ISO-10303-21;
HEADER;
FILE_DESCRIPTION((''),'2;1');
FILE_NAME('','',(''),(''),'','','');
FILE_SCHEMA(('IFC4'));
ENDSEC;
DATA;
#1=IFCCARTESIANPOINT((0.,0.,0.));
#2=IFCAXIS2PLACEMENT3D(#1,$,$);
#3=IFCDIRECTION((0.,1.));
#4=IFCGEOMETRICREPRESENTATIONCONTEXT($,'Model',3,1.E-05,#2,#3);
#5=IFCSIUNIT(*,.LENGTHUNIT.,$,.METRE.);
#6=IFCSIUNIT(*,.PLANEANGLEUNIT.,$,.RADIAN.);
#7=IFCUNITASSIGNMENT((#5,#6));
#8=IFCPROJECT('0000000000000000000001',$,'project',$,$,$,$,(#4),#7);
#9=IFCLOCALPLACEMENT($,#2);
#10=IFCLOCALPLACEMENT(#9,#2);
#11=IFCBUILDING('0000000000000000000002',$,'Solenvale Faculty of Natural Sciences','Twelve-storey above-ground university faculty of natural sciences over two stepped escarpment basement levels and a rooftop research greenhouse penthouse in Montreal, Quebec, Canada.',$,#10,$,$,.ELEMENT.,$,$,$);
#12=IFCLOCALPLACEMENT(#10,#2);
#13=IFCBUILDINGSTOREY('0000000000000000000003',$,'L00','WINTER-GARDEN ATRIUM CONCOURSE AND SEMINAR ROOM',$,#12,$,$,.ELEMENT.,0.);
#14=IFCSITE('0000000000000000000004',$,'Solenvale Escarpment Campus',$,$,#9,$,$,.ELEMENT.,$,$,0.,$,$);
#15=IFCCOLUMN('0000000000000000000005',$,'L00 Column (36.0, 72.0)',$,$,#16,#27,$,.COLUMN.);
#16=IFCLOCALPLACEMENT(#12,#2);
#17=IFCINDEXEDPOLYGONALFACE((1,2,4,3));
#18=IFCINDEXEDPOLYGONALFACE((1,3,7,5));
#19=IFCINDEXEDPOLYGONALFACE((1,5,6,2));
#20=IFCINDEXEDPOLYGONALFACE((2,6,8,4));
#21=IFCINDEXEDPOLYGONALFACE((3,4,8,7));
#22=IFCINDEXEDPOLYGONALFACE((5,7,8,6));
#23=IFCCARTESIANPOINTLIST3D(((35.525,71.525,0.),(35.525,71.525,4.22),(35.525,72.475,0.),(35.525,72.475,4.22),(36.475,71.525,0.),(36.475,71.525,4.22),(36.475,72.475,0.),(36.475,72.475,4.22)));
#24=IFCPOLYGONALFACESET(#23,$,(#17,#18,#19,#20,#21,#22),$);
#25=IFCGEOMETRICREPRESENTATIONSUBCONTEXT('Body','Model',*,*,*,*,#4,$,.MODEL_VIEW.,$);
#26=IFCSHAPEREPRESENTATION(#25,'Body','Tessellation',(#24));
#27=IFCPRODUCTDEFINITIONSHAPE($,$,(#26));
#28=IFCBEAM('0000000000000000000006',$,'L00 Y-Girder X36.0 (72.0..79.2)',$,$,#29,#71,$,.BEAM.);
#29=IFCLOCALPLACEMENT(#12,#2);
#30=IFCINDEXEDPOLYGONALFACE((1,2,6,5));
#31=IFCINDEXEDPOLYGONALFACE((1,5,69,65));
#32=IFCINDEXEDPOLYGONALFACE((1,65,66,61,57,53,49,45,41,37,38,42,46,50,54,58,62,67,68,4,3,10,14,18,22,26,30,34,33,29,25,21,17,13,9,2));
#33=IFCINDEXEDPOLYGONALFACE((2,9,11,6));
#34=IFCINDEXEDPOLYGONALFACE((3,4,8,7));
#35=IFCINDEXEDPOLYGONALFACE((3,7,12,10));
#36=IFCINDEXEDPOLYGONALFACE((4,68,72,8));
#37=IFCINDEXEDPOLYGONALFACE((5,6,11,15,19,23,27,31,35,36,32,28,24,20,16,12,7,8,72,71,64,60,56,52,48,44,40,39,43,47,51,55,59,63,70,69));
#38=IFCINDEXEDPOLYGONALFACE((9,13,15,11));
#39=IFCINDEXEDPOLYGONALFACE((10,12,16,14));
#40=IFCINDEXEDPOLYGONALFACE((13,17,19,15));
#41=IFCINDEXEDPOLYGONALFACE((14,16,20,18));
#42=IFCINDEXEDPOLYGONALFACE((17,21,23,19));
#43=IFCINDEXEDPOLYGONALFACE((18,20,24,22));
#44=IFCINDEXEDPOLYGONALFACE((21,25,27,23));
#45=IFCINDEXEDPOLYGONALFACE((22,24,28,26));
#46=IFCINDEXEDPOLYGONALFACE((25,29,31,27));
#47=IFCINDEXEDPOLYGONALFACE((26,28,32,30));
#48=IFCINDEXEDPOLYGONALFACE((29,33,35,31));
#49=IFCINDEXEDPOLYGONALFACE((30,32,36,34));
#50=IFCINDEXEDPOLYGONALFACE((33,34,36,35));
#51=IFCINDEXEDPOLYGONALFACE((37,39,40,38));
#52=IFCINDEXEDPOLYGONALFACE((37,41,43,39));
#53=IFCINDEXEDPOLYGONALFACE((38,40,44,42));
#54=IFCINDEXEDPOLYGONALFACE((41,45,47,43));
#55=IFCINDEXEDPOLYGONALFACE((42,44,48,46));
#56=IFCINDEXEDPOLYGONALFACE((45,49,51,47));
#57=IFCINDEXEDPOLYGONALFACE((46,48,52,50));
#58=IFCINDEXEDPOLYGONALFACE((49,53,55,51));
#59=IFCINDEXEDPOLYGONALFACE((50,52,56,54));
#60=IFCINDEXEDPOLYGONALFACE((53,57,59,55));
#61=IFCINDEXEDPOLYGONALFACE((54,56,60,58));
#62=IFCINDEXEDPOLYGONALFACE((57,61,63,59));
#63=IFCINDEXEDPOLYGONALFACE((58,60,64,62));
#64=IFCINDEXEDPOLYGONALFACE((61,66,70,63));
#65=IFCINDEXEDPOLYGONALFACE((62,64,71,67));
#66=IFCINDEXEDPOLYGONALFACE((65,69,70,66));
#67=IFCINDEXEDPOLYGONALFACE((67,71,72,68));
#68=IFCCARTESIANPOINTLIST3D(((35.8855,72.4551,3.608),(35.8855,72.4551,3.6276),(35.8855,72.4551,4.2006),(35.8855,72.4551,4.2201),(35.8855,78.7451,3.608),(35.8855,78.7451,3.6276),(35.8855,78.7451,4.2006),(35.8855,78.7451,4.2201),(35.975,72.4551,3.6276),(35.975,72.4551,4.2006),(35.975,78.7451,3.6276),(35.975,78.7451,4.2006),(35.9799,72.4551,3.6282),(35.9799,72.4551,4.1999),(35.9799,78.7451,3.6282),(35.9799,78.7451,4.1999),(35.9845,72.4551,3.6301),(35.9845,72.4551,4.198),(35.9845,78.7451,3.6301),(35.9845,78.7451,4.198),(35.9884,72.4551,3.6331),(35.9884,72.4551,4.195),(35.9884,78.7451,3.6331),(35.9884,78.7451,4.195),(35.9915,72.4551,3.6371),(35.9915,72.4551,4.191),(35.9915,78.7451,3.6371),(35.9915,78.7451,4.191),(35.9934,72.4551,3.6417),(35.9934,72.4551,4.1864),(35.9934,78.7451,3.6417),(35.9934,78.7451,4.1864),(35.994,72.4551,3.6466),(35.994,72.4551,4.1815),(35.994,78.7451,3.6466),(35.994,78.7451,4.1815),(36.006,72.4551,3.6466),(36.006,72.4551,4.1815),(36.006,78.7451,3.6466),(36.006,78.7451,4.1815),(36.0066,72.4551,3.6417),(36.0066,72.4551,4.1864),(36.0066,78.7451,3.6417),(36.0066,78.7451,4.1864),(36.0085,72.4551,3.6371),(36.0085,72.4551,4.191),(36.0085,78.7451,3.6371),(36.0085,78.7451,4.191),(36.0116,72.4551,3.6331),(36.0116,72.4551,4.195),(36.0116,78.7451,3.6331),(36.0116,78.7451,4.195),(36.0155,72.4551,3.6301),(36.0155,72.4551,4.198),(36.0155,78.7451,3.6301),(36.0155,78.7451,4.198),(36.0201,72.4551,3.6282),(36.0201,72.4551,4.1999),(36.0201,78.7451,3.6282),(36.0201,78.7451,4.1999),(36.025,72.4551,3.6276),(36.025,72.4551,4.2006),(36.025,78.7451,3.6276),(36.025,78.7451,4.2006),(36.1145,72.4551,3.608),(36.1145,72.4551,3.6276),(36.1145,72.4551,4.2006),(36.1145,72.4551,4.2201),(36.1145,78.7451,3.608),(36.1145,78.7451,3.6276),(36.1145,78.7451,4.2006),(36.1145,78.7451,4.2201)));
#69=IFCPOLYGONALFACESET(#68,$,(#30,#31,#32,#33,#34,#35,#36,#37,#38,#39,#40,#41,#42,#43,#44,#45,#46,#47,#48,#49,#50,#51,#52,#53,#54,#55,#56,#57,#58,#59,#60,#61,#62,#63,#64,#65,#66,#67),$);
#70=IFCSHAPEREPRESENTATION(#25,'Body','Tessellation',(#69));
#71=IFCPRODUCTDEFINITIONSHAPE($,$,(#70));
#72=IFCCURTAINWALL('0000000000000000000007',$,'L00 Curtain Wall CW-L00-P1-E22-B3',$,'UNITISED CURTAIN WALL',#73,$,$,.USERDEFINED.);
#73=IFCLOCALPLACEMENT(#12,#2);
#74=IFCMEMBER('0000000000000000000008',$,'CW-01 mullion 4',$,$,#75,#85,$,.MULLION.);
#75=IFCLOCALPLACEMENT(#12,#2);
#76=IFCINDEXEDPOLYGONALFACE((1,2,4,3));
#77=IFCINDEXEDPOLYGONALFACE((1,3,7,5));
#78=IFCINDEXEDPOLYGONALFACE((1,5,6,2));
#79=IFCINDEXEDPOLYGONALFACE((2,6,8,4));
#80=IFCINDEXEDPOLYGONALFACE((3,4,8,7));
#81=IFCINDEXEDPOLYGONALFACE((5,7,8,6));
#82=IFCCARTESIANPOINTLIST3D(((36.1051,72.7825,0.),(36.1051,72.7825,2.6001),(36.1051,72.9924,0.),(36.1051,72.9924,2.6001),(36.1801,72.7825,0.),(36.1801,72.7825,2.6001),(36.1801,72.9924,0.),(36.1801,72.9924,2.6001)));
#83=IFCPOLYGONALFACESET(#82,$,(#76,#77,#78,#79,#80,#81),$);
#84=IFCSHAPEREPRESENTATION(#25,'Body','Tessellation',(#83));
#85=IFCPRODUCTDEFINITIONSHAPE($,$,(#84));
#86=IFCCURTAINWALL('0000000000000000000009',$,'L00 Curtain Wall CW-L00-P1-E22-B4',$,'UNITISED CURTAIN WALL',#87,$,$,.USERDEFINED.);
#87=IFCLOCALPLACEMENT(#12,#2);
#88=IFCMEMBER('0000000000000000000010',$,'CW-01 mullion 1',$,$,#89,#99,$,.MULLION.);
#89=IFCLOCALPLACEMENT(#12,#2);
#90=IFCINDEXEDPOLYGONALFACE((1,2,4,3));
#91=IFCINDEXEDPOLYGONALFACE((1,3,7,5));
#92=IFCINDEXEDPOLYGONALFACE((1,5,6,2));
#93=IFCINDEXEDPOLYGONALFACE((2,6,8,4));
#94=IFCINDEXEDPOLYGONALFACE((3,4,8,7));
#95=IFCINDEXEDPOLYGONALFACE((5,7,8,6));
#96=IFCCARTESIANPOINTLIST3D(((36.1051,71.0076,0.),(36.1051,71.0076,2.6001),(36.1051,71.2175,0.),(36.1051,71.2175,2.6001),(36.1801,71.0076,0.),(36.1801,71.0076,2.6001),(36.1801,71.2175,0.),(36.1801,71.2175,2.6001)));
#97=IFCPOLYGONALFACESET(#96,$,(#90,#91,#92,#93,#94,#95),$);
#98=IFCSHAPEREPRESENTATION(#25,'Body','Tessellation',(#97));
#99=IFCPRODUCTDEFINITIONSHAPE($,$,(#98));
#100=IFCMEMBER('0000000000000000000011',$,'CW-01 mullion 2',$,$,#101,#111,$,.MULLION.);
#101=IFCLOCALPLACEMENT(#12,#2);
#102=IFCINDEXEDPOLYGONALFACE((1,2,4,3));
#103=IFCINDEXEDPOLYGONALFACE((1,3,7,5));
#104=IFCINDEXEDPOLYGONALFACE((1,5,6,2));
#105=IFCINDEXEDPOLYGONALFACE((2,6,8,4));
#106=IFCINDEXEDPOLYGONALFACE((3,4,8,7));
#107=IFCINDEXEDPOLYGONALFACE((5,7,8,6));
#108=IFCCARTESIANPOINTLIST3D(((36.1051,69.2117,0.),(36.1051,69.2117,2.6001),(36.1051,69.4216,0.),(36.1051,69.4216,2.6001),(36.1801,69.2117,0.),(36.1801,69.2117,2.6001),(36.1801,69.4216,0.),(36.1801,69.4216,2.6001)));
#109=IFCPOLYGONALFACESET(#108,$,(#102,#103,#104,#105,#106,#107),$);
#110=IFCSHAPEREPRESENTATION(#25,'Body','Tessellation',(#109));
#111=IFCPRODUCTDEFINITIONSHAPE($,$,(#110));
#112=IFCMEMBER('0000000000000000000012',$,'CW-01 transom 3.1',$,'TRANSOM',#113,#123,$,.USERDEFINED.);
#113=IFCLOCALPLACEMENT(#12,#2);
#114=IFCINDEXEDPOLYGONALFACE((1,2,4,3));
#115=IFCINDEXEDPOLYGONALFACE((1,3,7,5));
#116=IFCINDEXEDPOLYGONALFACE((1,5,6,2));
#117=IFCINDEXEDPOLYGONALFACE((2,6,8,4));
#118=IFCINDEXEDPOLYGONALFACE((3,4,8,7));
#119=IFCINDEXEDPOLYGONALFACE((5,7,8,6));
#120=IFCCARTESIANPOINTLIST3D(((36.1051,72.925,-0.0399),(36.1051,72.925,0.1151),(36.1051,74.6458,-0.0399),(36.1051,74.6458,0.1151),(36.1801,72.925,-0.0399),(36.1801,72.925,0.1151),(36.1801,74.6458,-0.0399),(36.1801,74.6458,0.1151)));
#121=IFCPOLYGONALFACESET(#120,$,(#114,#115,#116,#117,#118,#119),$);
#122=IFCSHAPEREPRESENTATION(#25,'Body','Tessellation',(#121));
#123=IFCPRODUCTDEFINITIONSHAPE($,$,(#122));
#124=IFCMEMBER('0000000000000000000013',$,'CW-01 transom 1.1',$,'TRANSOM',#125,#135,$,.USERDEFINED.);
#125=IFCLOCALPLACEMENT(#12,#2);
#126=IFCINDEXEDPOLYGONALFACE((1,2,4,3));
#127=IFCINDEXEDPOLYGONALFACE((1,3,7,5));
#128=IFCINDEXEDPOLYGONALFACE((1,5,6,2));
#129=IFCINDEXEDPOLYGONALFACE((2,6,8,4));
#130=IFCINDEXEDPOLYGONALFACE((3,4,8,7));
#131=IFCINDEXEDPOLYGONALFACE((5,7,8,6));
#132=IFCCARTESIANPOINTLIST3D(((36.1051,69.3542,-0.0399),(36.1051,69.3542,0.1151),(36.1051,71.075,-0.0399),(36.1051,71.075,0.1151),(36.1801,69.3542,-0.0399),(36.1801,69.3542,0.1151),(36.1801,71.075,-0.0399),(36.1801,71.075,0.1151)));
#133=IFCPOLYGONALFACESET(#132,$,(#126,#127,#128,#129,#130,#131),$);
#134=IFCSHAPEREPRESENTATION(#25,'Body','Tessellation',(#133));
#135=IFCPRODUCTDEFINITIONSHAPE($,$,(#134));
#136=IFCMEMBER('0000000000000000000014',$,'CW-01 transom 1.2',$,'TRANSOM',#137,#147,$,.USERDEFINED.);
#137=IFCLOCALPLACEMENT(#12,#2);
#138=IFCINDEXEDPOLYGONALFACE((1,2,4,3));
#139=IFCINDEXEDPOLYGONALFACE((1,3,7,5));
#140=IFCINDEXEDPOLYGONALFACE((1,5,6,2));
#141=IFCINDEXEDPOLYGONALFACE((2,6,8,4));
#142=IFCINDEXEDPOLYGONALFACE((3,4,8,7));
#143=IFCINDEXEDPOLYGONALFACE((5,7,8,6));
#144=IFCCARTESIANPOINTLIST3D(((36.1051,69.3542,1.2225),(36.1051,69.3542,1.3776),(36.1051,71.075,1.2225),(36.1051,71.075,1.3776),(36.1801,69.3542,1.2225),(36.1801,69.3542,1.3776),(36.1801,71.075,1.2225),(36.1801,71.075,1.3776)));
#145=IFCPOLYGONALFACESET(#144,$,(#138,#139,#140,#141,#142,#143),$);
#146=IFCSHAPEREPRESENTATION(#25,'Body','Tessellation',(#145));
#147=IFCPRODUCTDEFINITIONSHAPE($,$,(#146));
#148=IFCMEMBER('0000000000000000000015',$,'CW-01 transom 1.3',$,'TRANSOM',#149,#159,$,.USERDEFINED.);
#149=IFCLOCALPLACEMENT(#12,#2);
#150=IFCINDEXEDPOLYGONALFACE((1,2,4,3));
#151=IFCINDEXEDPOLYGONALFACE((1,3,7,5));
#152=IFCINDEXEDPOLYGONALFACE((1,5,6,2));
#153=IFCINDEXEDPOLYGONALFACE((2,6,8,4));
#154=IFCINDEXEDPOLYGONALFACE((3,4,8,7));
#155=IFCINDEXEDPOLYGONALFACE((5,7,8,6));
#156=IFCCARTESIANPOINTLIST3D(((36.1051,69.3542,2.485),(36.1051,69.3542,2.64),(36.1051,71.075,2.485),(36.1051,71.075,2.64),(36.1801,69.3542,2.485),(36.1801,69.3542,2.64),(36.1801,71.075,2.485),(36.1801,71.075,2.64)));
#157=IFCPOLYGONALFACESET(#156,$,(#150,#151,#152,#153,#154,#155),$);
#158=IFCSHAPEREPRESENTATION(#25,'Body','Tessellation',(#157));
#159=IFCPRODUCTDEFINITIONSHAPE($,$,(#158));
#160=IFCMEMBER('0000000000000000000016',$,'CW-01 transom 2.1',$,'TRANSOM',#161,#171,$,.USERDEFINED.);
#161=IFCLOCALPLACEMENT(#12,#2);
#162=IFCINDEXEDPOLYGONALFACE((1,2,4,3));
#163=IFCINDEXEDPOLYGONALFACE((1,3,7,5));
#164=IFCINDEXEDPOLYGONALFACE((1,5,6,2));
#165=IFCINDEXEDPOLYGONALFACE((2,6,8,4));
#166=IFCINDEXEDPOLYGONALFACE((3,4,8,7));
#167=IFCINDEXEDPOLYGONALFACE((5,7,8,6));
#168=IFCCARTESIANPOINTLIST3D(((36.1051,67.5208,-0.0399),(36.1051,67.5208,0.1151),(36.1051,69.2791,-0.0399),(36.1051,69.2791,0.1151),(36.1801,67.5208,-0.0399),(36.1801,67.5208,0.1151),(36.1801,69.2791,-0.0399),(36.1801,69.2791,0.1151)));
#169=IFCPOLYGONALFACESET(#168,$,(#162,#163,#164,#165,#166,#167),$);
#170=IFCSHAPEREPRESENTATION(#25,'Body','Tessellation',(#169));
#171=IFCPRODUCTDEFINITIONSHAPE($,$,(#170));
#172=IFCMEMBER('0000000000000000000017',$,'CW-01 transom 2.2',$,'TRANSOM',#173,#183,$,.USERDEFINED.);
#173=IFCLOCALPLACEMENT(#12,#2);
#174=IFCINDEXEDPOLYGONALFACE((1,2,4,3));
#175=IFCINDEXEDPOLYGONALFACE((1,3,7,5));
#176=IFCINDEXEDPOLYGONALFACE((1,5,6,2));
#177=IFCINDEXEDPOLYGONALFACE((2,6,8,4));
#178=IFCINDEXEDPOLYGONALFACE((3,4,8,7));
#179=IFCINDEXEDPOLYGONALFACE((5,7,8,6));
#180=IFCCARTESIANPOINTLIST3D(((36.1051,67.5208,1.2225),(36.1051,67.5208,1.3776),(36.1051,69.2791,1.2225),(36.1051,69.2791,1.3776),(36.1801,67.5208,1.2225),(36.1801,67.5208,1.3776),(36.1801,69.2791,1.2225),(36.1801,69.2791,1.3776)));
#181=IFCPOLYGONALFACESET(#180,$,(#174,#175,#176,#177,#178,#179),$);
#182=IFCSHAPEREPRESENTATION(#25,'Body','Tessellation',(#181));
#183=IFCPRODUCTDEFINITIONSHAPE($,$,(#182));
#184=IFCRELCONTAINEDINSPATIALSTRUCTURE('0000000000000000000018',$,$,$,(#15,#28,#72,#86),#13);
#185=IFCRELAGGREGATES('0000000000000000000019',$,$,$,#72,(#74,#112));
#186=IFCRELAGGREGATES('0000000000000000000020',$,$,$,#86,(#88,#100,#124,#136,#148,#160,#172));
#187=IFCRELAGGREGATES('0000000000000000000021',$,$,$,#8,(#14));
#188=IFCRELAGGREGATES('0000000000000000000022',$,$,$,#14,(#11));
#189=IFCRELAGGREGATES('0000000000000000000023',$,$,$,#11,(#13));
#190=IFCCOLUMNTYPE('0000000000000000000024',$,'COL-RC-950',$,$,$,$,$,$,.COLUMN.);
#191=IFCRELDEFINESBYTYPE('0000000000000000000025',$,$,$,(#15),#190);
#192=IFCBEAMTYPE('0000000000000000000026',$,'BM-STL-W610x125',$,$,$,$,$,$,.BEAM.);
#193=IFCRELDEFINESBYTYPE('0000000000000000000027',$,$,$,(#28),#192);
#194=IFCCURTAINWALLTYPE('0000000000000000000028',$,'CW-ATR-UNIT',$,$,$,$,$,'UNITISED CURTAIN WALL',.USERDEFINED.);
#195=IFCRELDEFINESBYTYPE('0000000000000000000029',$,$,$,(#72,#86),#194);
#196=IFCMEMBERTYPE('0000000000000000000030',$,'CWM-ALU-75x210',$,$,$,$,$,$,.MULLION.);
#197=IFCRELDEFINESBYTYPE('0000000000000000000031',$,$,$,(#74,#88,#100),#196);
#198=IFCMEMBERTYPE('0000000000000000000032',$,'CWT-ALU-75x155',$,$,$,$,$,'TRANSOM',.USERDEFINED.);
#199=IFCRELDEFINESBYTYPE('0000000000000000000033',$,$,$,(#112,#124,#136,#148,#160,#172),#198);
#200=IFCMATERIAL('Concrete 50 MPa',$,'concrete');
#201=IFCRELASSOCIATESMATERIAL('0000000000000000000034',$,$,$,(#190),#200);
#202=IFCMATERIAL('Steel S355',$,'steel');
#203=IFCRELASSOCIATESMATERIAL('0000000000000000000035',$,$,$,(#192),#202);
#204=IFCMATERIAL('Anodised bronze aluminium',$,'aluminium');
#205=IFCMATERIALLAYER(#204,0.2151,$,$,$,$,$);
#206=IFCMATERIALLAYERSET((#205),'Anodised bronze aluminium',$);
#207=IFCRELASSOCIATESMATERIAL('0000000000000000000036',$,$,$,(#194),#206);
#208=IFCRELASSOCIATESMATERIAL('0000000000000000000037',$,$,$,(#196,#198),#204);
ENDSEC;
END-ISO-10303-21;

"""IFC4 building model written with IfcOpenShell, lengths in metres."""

from ifc_helpers import new_model, si_unit, direction, frame, origin, origin_2d, place, context, subcontext, project, spatial, rectangle, i_section, extrude, material, layer, layer_set, material_profile, profile_set, type_object, element, aggregate, save


model = new_model("IFC4")

# Units and contexts
model_context = context("Model", 3, precision=1e-05, world=origin(), true_north=direction((0.0, 1.0)))
body_context = subcontext(model_context, "Body", "Model", "MODEL_VIEW")
ifc_project = project(units=[si_unit("LENGTHUNIT", "METRE"), si_unit("PLANEANGLEUNIT", "RADIAN")], contexts=[model_context])

# Site, building, storey
site_placement = place(None, origin())
site = spatial("IfcSite", under=ifc_project, at=site_placement, Name="Solenvale Escarpment Campus", CompositionType="ELEMENT", RefElevation=0.0)
building_placement = place(site_placement, origin())
building = spatial("IfcBuilding", under=site, at=building_placement, Name="Solenvale Faculty of Natural Sciences", Description="Twelve-storey above-ground university faculty of natural sciences over two stepped escarpment basement levels and a rooftop research greenhouse penthouse in Montreal, Quebec, Canada.", CompositionType="ELEMENT")
storey_placement = place(building_placement, origin())
storey = spatial("IfcBuildingStorey", under=building, at=storey_placement, Name="L00", Description="WINTER-GARDEN ATRIUM CONCOURSE AND SEMINAR ROOM", CompositionType="ELEMENT", Elevation=0.0)

# Column
ifc_material_1 = material(Name="Concrete 50 MPa", Category="concrete")
ifc_material_profile_1 = material_profile(ifc_material_1, rectangle(XDim=0.95, YDim=0.95, at=origin_2d()), Name="RC-COL-950x950")
ifc_profile_set_1 = profile_set([ifc_material_profile_1], Name="Concrete 50 MPa")
column_type = type_object("IfcColumnType", Name="COL-RC-950", PredefinedType="COLUMN", material=ifc_profile_set_1)
column_placement = place(storey_placement, frame((36.0, 72.0, 0.0), z_axis=(0.0, 0.0, 1.0), x_axis=(1.0, 0.0, 0.0)))
element("IfcColumn", 1, at=column_placement, inside=storey, type_object=column_type, Name="L00 Column (36.0, 72.0)", PredefinedType="COLUMN", context=body_context, shape_type="SweptSolid", body=[
    extrude(rectangle(XDim=0.95, YDim=0.95, at=origin_2d()), origin(), (0.0, 0.0, 1.0), 4.22),
])

# Beam
ifc_material_2 = material(Name="Steel S355", Category="steel")
ifc_material_profile_2 = material_profile(ifc_material_2, i_section(OverallWidth=0.229, OverallDepth=0.6121, WebThickness=0.012, FlangeThickness=0.0195, FilletRadius=0.019, at=origin_2d()), Name="W610x125")
ifc_profile_set_2 = profile_set([ifc_material_profile_2], Name="Steel S355")
beam_type = type_object("IfcBeamType", Name="BM-STL-W610x125", PredefinedType="BEAM", material=ifc_profile_set_2)
beam_placement = place(storey_placement, frame((36.0, 72.4551, 3.9141), z_axis=(0.0, 1.0, 0.0), x_axis=(-1.0, 0.0, 0.0)))
element("IfcBeam", 2, at=beam_placement, inside=storey, type_object=beam_type, Name="L00 Y-Girder X36.0 (72.0..79.2)", PredefinedType="BEAM", context=body_context, shape_type="SweptSolid", body=[
    extrude(i_section(OverallWidth=0.229, OverallDepth=0.6121, WebThickness=0.012, FlangeThickness=0.0195, FilletRadius=0.019, at=origin_2d()), origin(), (0.0, 0.0, 1.0), 6.29),
])

# Curtain wall, member
ifc_material_3 = material(Name="Anodised bronze aluminium", Category="aluminium")
ifc_layer_1 = layer(ifc_material_3, 0.2151)
ifc_layer_set_1 = layer_set([ifc_layer_1], Name="Anodised bronze aluminium")
curtain_wall_type = type_object("IfcCurtainWallType", Name="CW-ATR-UNIT", ElementType="UNITISED CURTAIN WALL", PredefinedType="USERDEFINED", material=ifc_layer_set_1)
curtain_wall_1_placement = place(storey_placement, origin())
curtain_wall_1 = element("IfcCurtainWall", 3, at=curtain_wall_1_placement, inside=storey, type_object=curtain_wall_type, Name="L00 Curtain Wall CW-L00-P1-E22-B3", ObjectType="UNITISED CURTAIN WALL", PredefinedType="USERDEFINED")
ifc_material_profile_3 = material_profile(ifc_material_3, rectangle(XDim=0.075, YDim=0.21, at=origin_2d()), Name="ALU-MUL-75x210")
ifc_profile_set_3 = profile_set([ifc_material_profile_3], Name="Anodised bronze aluminium")
member_type_1 = type_object("IfcMemberType", Name="CWM-ALU-75x210", PredefinedType="MULLION", material=ifc_profile_set_3)
member_1_placement = place(storey_placement, frame((36.1426, 72.8875, 0.0), z_axis=(0.0, 0.0, 1.0), x_axis=(1.0, 0.0, 0.0)))
member_1 = element("IfcMember", 4, at=member_1_placement, type_object=member_type_1, Name="CW-01 mullion 4", PredefinedType="MULLION", context=body_context, shape_type="SweptSolid", body=[
    extrude(rectangle(XDim=0.075, YDim=0.21, at=origin_2d()), origin(), (0.0, 0.0, 1.0), 2.6001),
])

# Curtain wall, members
curtain_wall_2_placement = place(storey_placement, origin())
curtain_wall_2 = element("IfcCurtainWall", 5, at=curtain_wall_2_placement, inside=storey, type_object=curtain_wall_type, Name="L00 Curtain Wall CW-L00-P1-E22-B4", ObjectType="UNITISED CURTAIN WALL", PredefinedType="USERDEFINED")
member_2_placement = place(storey_placement, frame((36.1426, 71.1125, 0.0), z_axis=(0.0, 0.0, 1.0), x_axis=(1.0, 0.0, 0.0)))
member_2 = element("IfcMember", 6, at=member_2_placement, type_object=member_type_1, Name="CW-01 mullion 1", PredefinedType="MULLION", context=body_context, shape_type="SweptSolid", body=[
    extrude(rectangle(XDim=0.075, YDim=0.21, at=origin_2d()), origin(), (0.0, 0.0, 1.0), 2.6001),
])
member_3_placement = place(storey_placement, frame((36.1426, 69.3167, 0.0), z_axis=(0.0, 0.0, 1.0), x_axis=(1.0, 0.0, 0.0)))
member_3 = element("IfcMember", 7, at=member_3_placement, type_object=member_type_1, Name="CW-01 mullion 2", PredefinedType="MULLION", context=body_context, shape_type="SweptSolid", body=[
    extrude(rectangle(XDim=0.075, YDim=0.21, at=origin_2d()), origin(), (0.0, 0.0, 1.0), 2.6001),
])

# Members
ifc_material_profile_4 = material_profile(ifc_material_3, rectangle(XDim=0.075, YDim=0.155, at=origin_2d()), Name="ALU-TRN-75x155")
ifc_profile_set_4 = profile_set([ifc_material_profile_4], Name="Anodised bronze aluminium")
member_type_2 = type_object("IfcMemberType", Name="CWT-ALU-75x155", ElementType="TRANSOM", PredefinedType="USERDEFINED", material=ifc_profile_set_4)
member_4_placement = place(storey_placement, frame((36.1426, 74.6458, 0.0376), z_axis=(0.0, -1.0, 0.0), x_axis=(1.0, 0.0, 0.0)))
member_4 = element("IfcMember", 8, at=member_4_placement, type_object=member_type_2, Name="CW-01 transom 3.1", ObjectType="TRANSOM", PredefinedType="USERDEFINED", context=body_context, shape_type="SweptSolid", body=[
    extrude(rectangle(XDim=0.075, YDim=0.155, at=origin_2d()), origin(), (0.0, 0.0, 1.0), 1.7207),
])
member_5_placement = place(storey_placement, frame((36.1426, 71.075, 0.0376), z_axis=(0.0, -1.0, 0.0), x_axis=(1.0, 0.0, 0.0)))
member_5 = element("IfcMember", 9, at=member_5_placement, type_object=member_type_2, Name="CW-01 transom 1.1", ObjectType="TRANSOM", PredefinedType="USERDEFINED", context=body_context, shape_type="SweptSolid", body=[
    extrude(rectangle(XDim=0.075, YDim=0.155, at=origin_2d()), origin(), (0.0, 0.0, 1.0), 1.7207),
])
member_6_placement = place(storey_placement, frame((36.1426, 71.075, 1.3), z_axis=(0.0, -1.0, 0.0), x_axis=(1.0, 0.0, 0.0)))
member_6 = element("IfcMember", 10, at=member_6_placement, type_object=member_type_2, Name="CW-01 transom 1.2", ObjectType="TRANSOM", PredefinedType="USERDEFINED", context=body_context, shape_type="SweptSolid", body=[
    extrude(rectangle(XDim=0.075, YDim=0.155, at=origin_2d()), origin(), (0.0, 0.0, 1.0), 1.7207),
])
member_7_placement = place(storey_placement, frame((36.1426, 71.075, 2.5625), z_axis=(0.0, -1.0, 0.0), x_axis=(1.0, 0.0, 0.0)))
member_7 = element("IfcMember", 11, at=member_7_placement, type_object=member_type_2, Name="CW-01 transom 1.3", ObjectType="TRANSOM", PredefinedType="USERDEFINED", context=body_context, shape_type="SweptSolid", body=[
    extrude(rectangle(XDim=0.075, YDim=0.155, at=origin_2d()), origin(), (0.0, 0.0, 1.0), 1.7207),
])
member_8_placement = place(storey_placement, frame((36.1426, 69.2791, 0.0376), z_axis=(0.0, -1.0, 0.0), x_axis=(1.0, 0.0, 0.0)))
member_8 = element("IfcMember", 12, at=member_8_placement, type_object=member_type_2, Name="CW-01 transom 2.1", ObjectType="TRANSOM", PredefinedType="USERDEFINED", context=body_context, shape_type="SweptSolid", body=[
    extrude(rectangle(XDim=0.075, YDim=0.155, at=origin_2d()), origin(), (0.0, 0.0, 1.0), 1.7583),
])
member_9_placement = place(storey_placement, frame((36.1426, 69.2791, 1.3), z_axis=(0.0, -1.0, 0.0), x_axis=(1.0, 0.0, 0.0)))
member_9 = element("IfcMember", 13, at=member_9_placement, type_object=member_type_2, Name="CW-01 transom 2.2", ObjectType="TRANSOM", PredefinedType="USERDEFINED", context=body_context, shape_type="SweptSolid", body=[
    extrude(rectangle(XDim=0.075, YDim=0.155, at=origin_2d()), origin(), (0.0, 0.0, 1.0), 1.7583),
])

aggregate(curtain_wall_1, [member_1, member_4])
aggregate(curtain_wall_2, [member_2, member_3, member_5, member_6, member_7, member_8, member_9])

save(model, "model.ifc")
